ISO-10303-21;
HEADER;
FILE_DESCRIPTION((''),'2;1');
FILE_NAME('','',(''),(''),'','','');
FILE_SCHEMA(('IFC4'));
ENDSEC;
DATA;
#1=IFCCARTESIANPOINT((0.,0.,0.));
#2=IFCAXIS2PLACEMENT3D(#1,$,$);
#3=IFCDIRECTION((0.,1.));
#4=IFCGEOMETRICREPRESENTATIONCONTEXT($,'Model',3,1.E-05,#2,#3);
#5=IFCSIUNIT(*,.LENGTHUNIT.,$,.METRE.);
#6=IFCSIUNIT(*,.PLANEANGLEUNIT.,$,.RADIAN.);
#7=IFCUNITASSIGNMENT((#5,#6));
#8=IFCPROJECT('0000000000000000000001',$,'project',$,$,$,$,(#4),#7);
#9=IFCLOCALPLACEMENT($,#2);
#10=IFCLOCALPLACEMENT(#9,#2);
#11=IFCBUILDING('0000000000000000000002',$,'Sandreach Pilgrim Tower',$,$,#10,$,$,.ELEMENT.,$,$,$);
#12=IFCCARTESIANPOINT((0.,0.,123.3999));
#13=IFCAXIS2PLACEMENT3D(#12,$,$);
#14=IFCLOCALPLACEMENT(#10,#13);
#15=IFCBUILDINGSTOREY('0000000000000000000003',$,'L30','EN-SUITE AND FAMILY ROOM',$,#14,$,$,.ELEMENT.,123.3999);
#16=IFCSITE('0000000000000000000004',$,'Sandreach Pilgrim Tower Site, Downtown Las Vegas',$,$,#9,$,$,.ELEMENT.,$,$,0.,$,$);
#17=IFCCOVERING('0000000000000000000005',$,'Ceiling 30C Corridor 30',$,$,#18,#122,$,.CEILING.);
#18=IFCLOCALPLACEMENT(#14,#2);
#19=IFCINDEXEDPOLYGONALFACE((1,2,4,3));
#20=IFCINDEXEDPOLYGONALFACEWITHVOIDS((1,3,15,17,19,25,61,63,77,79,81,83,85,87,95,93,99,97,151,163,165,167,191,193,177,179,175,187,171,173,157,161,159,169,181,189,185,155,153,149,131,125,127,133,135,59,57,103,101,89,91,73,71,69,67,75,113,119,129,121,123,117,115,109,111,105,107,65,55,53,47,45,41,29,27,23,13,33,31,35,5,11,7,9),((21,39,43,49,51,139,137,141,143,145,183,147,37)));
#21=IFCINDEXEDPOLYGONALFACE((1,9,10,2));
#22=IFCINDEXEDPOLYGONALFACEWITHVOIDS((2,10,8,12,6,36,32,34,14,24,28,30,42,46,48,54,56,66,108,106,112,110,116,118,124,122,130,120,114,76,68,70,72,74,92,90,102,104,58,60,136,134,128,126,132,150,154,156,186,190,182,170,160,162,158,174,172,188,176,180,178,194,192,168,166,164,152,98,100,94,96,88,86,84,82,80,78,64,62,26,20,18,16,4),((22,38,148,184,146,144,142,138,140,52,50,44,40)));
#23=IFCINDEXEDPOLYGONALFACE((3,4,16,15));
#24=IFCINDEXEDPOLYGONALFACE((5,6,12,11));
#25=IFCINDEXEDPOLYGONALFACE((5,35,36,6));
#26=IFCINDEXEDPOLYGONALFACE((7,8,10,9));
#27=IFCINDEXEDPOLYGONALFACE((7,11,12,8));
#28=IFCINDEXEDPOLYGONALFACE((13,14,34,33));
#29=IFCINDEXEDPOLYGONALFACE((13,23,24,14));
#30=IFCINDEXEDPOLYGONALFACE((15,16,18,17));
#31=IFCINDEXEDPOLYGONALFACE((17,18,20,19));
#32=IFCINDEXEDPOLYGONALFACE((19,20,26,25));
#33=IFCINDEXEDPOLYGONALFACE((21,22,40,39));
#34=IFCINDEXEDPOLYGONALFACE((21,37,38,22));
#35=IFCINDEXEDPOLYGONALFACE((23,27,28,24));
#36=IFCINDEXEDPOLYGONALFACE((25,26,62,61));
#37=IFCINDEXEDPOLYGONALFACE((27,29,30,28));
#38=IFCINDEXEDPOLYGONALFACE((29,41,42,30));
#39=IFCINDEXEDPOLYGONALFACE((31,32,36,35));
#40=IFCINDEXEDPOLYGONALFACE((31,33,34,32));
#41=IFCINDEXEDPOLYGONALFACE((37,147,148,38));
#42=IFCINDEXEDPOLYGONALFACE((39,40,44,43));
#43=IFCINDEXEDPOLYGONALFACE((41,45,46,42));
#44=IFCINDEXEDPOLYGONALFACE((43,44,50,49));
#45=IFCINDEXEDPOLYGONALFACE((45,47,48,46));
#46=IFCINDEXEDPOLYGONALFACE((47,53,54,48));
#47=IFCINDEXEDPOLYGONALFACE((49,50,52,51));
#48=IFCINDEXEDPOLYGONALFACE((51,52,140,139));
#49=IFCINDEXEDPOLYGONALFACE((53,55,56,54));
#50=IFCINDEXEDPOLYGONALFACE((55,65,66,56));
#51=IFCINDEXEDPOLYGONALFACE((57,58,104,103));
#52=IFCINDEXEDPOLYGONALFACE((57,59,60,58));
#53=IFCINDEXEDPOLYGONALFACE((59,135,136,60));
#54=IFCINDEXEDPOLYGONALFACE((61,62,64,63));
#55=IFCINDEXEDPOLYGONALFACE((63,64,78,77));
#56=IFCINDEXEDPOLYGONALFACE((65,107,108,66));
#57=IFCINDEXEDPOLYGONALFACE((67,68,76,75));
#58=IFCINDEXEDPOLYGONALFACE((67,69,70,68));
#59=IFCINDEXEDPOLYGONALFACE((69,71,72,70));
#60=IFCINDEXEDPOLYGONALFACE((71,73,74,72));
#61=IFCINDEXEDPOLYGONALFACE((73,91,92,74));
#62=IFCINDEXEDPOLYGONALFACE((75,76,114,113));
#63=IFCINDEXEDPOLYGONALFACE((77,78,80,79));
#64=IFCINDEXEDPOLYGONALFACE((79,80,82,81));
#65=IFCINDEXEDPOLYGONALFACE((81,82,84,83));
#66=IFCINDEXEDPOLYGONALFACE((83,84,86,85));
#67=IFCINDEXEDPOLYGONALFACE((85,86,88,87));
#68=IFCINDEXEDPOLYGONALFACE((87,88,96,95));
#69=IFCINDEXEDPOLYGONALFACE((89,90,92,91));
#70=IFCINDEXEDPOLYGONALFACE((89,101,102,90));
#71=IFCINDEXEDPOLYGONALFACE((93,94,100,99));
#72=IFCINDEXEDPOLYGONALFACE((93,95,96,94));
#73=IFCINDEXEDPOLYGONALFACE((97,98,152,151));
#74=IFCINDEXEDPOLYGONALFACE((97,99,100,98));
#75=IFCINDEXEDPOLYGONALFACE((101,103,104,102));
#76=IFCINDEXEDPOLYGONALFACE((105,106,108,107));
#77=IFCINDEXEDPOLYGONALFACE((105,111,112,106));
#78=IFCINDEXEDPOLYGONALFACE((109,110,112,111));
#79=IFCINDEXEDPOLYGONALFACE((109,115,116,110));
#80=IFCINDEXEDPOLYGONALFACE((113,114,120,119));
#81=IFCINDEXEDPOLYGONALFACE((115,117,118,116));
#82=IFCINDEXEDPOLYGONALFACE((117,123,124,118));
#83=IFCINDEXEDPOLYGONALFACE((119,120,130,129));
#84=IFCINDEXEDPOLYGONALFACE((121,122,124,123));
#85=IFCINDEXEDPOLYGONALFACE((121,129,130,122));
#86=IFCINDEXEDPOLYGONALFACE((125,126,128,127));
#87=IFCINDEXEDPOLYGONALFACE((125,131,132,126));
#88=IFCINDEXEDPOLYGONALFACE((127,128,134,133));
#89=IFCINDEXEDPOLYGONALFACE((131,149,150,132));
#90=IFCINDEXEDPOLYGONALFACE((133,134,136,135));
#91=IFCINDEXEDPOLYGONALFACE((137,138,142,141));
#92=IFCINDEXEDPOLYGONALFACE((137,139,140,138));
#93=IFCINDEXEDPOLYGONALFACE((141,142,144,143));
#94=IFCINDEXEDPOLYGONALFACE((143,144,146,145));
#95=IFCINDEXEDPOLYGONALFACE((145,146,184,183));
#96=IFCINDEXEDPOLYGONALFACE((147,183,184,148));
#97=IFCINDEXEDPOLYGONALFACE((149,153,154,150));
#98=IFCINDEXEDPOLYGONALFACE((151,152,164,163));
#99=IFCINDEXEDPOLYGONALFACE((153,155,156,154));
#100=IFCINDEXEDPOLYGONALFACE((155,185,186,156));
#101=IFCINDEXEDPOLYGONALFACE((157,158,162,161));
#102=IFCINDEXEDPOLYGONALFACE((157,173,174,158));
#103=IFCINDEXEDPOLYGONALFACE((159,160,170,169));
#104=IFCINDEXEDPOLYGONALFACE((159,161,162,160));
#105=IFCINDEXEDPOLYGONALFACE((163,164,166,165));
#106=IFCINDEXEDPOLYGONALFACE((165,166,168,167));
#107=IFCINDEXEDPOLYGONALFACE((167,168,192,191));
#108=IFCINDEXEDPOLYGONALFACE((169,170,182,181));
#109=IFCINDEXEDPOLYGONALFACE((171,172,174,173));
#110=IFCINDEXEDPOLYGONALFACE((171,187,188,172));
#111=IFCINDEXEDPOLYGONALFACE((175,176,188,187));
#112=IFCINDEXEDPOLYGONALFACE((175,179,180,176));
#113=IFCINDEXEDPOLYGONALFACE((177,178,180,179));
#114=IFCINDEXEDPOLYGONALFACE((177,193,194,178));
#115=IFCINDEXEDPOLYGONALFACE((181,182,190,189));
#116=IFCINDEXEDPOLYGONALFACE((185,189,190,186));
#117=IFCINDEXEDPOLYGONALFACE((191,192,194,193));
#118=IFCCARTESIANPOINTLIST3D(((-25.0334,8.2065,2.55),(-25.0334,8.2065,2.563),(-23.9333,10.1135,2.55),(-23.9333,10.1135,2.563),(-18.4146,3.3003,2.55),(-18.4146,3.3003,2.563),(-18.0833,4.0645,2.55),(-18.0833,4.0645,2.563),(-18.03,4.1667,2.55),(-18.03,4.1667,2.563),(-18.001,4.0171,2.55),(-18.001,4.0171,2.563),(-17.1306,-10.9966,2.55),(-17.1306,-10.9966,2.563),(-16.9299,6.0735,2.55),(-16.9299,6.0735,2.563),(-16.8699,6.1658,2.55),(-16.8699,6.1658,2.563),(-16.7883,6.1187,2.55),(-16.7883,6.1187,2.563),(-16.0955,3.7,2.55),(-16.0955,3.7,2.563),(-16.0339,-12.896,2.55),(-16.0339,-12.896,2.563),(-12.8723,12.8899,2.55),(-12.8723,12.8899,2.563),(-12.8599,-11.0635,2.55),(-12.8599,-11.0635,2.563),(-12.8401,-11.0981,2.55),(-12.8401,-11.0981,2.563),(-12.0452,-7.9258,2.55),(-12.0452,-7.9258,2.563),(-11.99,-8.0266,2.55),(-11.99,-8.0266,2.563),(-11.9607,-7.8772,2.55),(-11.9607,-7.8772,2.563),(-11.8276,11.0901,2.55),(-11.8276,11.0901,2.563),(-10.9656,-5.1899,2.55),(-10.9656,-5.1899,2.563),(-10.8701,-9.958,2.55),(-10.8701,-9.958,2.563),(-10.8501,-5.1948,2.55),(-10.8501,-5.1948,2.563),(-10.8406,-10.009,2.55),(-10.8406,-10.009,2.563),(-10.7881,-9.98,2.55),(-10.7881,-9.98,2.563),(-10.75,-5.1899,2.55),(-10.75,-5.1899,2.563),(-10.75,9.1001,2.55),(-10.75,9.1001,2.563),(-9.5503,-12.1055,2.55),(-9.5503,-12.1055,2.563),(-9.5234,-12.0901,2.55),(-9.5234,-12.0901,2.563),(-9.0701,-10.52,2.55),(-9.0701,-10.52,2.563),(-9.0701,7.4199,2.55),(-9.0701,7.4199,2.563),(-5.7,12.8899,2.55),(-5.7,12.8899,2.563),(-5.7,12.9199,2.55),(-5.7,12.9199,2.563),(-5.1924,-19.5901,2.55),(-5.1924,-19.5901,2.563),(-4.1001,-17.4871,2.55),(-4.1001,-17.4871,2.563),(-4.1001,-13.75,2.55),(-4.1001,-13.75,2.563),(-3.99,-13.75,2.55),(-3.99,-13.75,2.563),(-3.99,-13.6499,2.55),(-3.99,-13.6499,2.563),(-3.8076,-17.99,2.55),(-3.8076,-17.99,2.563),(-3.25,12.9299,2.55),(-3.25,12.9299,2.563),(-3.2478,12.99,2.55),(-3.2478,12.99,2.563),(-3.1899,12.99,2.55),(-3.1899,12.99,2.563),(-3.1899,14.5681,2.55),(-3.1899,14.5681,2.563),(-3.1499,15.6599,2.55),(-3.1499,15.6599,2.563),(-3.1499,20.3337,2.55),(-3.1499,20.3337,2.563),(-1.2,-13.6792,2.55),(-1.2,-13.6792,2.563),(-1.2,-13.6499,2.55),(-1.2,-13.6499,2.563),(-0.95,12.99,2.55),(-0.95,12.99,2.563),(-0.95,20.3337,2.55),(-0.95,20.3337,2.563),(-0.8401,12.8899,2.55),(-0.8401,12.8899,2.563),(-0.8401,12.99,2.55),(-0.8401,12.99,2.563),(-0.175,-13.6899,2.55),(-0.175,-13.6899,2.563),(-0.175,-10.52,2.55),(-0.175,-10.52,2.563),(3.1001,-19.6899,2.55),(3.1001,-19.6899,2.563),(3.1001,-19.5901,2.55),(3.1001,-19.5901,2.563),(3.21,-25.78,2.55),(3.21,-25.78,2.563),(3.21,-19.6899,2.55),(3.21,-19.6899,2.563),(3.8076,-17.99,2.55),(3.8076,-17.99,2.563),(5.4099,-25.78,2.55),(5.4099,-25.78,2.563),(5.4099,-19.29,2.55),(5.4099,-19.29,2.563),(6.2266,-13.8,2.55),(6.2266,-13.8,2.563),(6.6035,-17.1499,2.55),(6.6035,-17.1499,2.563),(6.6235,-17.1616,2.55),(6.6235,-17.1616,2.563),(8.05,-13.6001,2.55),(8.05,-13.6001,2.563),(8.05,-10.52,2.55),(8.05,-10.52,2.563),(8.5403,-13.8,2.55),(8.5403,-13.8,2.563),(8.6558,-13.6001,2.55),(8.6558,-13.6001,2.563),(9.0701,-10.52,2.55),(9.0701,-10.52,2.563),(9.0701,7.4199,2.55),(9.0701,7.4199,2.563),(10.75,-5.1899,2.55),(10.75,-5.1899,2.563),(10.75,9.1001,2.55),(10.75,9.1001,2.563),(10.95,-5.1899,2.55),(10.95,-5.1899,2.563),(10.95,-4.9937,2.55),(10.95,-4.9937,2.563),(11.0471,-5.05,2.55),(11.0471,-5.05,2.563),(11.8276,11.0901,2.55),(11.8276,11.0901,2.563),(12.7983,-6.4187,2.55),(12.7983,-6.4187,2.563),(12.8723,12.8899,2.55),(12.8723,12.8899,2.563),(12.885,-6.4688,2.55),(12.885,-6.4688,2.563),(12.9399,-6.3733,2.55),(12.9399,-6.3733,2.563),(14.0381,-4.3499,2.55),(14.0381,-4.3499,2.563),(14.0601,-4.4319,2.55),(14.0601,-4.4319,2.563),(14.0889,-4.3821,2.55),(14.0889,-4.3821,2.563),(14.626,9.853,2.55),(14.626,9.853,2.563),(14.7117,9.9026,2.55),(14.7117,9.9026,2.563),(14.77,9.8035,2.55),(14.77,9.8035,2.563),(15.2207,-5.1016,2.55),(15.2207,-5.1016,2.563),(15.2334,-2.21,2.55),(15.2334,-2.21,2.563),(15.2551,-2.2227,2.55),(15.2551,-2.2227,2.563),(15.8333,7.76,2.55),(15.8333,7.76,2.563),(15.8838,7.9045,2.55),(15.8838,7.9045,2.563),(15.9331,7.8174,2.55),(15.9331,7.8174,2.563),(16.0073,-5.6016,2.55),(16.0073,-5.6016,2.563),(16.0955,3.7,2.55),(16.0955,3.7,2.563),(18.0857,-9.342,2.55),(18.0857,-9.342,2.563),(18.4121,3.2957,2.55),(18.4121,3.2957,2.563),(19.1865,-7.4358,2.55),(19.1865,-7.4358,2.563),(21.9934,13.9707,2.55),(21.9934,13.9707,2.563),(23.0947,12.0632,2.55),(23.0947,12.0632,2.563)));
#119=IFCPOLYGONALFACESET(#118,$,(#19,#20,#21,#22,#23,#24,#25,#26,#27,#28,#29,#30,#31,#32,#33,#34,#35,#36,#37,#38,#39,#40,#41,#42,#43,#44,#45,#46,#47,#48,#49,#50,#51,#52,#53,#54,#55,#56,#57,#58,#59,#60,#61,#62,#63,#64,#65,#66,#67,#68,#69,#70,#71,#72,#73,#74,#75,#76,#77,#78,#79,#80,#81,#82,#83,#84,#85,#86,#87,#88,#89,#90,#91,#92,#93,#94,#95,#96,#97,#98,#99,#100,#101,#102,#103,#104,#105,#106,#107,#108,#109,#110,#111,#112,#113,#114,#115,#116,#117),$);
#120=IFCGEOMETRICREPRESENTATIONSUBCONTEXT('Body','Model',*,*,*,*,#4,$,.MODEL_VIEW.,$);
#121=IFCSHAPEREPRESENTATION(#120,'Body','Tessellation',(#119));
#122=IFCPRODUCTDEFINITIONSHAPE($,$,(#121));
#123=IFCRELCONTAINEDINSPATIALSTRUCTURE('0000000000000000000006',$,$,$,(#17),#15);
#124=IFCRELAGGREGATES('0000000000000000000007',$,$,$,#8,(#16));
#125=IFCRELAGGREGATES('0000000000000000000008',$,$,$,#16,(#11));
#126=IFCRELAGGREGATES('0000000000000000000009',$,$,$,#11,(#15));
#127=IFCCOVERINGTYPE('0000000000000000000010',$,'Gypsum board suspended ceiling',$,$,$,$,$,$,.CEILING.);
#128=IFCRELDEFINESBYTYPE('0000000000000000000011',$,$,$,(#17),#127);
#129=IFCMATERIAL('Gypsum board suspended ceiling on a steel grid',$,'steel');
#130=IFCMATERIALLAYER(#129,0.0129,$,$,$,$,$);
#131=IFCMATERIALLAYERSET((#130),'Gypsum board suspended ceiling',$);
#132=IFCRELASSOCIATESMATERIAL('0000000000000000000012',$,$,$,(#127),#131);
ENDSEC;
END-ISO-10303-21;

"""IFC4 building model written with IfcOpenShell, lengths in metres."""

from ifc_helpers import new_model, si_unit, direction, frame, origin, place, context, subcontext, project, spatial, polyline, outline, extrude, material, layer, layer_set, type_object, element, save


model = new_model("IFC4")

# Units and contexts
model_context = context("Model", 3, precision=1e-05, world=origin(), true_north=direction((0.0, 1.0)))
body_context = subcontext(model_context, "Body", "Model", "MODEL_VIEW")
ifc_project = project(units=[si_unit("LENGTHUNIT", "METRE"), si_unit("PLANEANGLEUNIT", "RADIAN")], contexts=[model_context])

# Site, building, storey
site_placement = place(None, origin())
site = spatial("IfcSite", under=ifc_project, at=site_placement, Name="Sandreach Pilgrim Tower Site, Downtown Las Vegas", CompositionType="ELEMENT", RefElevation=0.0)
building_placement = place(site_placement, origin())
building = spatial("IfcBuilding", under=site, at=building_placement, Name="Sandreach Pilgrim Tower", CompositionType="ELEMENT")
storey_placement = place(building_placement, frame((0.0, 0.0, 123.3999)))
storey = spatial("IfcBuildingStorey", under=building, at=storey_placement, Name="L30", Description="EN-SUITE AND FAMILY ROOM", CompositionType="ELEMENT", Elevation=123.3999)

# Covering
ifc_material_1 = material(Name="Gypsum board suspended ceiling on a steel grid", Category="steel")
ifc_layer_1 = layer(ifc_material_1, 0.0129)
ifc_layer_set_1 = layer_set([ifc_layer_1], Name="Gypsum board suspended ceiling")
covering_type_1 = type_object("IfcCoveringType", Name="Gypsum board suspended ceiling", PredefinedType="CEILING", material=ifc_layer_set_1)
covering_1_placement = place(storey_placement, frame((0.0, 0.0, 2.55)))
element("IfcCovering", 1, at=covering_1_placement, inside=storey, type_object=covering_type_1, Name="Ceiling 30C Corridor 30", PredefinedType="CEILING", context=body_context, shape_type="SweptSolid", body=[
    extrude(outline(polyline([(-16.9299, 6.0735), (-16.8699, 6.1658), (-16.7883, 6.1187), (-12.8723, 12.8899), (-5.7, 12.8899), (-5.7, 12.9199), (-3.25, 12.9299), (-3.2478, 12.99), (-3.1899, 12.99), (-3.1899, 14.5681), (-3.1499, 15.6599), (-3.1499, 20.3337), (-0.95, 20.3337), (-0.95, 12.99), (-0.8401, 12.99), (-0.8401, 12.8899), (12.8723, 12.8899), (14.626, 9.853), (14.7117, 9.9026), (14.77, 9.8035), (21.9934, 13.9707), (23.0947, 12.0632), (15.8838, 7.9045), (15.9331, 7.8174), (15.8333, 7.76), (18.4121, 3.2957), (15.2334, -2.21), (15.2551, -2.2227), (14.0381, -4.3499), (14.0889, -4.3821), (14.0601, -4.4319), (15.2207, -5.1016), (16.0073, -5.6016), (19.1865, -7.4358), (18.0857, -9.342), (12.9399, -6.3733), (12.885, -6.4688), (12.7983, -6.4187), (8.6558, -13.6001), (8.05, -13.6001), (8.05, -10.52), (9.0701, -10.52), (9.0701, 7.4199), (-9.0701, 7.4199), (-9.0701, -10.52), (-0.175, -10.52), (-0.175, -13.6899), (-1.2, -13.6792), (-1.2, -13.6499), (-3.99, -13.6499), (-3.99, -13.75), (-4.1001, -13.75), (-4.1001, -17.4871), (-3.8076, -17.99), (3.8076, -17.99), (6.2266, -13.8), (8.5403, -13.8), (6.6035, -17.1499), (6.6235, -17.1616), (5.4099, -19.29), (5.4099, -25.78), (3.21, -25.78), (3.21, -19.6899), (3.1001, -19.6899), (3.1001, -19.5901), (-5.1924, -19.5901), (-9.5234, -12.0901), (-9.5503, -12.1055), (-10.7881, -9.98), (-10.8406, -10.009), (-10.8701, -9.958), (-12.8401, -11.0981), (-12.8599, -11.0635), (-16.0339, -12.896), (-17.1306, -10.9966), (-11.99, -8.0266), (-12.0452, -7.9258), (-11.9607, -7.8772), (-18.4146, 3.3003), (-18.001, 4.0171), (-18.0833, 4.0645), (-18.03, 4.1667), (-25.0334, 8.2065), (-23.9333, 10.1135), (-16.9299, 6.0735)]), holes=[polyline([(-16.0955, 3.7), (-10.9656, -5.1899), (-10.8501, -5.1948), (-10.75, -5.1899), (-10.75, 9.1001), (10.75, 9.1001), (10.75, -5.1899), (10.95, -5.1899), (10.95, -4.9937), (11.0471, -5.05), (16.0955, 3.7), (11.8276, 11.0901), (-11.8276, 11.0901), (-16.0955, 3.7)])]), origin(), (0.0, 0.0, 1.0), 0.0129),
])

save(model, "model.ifc")
